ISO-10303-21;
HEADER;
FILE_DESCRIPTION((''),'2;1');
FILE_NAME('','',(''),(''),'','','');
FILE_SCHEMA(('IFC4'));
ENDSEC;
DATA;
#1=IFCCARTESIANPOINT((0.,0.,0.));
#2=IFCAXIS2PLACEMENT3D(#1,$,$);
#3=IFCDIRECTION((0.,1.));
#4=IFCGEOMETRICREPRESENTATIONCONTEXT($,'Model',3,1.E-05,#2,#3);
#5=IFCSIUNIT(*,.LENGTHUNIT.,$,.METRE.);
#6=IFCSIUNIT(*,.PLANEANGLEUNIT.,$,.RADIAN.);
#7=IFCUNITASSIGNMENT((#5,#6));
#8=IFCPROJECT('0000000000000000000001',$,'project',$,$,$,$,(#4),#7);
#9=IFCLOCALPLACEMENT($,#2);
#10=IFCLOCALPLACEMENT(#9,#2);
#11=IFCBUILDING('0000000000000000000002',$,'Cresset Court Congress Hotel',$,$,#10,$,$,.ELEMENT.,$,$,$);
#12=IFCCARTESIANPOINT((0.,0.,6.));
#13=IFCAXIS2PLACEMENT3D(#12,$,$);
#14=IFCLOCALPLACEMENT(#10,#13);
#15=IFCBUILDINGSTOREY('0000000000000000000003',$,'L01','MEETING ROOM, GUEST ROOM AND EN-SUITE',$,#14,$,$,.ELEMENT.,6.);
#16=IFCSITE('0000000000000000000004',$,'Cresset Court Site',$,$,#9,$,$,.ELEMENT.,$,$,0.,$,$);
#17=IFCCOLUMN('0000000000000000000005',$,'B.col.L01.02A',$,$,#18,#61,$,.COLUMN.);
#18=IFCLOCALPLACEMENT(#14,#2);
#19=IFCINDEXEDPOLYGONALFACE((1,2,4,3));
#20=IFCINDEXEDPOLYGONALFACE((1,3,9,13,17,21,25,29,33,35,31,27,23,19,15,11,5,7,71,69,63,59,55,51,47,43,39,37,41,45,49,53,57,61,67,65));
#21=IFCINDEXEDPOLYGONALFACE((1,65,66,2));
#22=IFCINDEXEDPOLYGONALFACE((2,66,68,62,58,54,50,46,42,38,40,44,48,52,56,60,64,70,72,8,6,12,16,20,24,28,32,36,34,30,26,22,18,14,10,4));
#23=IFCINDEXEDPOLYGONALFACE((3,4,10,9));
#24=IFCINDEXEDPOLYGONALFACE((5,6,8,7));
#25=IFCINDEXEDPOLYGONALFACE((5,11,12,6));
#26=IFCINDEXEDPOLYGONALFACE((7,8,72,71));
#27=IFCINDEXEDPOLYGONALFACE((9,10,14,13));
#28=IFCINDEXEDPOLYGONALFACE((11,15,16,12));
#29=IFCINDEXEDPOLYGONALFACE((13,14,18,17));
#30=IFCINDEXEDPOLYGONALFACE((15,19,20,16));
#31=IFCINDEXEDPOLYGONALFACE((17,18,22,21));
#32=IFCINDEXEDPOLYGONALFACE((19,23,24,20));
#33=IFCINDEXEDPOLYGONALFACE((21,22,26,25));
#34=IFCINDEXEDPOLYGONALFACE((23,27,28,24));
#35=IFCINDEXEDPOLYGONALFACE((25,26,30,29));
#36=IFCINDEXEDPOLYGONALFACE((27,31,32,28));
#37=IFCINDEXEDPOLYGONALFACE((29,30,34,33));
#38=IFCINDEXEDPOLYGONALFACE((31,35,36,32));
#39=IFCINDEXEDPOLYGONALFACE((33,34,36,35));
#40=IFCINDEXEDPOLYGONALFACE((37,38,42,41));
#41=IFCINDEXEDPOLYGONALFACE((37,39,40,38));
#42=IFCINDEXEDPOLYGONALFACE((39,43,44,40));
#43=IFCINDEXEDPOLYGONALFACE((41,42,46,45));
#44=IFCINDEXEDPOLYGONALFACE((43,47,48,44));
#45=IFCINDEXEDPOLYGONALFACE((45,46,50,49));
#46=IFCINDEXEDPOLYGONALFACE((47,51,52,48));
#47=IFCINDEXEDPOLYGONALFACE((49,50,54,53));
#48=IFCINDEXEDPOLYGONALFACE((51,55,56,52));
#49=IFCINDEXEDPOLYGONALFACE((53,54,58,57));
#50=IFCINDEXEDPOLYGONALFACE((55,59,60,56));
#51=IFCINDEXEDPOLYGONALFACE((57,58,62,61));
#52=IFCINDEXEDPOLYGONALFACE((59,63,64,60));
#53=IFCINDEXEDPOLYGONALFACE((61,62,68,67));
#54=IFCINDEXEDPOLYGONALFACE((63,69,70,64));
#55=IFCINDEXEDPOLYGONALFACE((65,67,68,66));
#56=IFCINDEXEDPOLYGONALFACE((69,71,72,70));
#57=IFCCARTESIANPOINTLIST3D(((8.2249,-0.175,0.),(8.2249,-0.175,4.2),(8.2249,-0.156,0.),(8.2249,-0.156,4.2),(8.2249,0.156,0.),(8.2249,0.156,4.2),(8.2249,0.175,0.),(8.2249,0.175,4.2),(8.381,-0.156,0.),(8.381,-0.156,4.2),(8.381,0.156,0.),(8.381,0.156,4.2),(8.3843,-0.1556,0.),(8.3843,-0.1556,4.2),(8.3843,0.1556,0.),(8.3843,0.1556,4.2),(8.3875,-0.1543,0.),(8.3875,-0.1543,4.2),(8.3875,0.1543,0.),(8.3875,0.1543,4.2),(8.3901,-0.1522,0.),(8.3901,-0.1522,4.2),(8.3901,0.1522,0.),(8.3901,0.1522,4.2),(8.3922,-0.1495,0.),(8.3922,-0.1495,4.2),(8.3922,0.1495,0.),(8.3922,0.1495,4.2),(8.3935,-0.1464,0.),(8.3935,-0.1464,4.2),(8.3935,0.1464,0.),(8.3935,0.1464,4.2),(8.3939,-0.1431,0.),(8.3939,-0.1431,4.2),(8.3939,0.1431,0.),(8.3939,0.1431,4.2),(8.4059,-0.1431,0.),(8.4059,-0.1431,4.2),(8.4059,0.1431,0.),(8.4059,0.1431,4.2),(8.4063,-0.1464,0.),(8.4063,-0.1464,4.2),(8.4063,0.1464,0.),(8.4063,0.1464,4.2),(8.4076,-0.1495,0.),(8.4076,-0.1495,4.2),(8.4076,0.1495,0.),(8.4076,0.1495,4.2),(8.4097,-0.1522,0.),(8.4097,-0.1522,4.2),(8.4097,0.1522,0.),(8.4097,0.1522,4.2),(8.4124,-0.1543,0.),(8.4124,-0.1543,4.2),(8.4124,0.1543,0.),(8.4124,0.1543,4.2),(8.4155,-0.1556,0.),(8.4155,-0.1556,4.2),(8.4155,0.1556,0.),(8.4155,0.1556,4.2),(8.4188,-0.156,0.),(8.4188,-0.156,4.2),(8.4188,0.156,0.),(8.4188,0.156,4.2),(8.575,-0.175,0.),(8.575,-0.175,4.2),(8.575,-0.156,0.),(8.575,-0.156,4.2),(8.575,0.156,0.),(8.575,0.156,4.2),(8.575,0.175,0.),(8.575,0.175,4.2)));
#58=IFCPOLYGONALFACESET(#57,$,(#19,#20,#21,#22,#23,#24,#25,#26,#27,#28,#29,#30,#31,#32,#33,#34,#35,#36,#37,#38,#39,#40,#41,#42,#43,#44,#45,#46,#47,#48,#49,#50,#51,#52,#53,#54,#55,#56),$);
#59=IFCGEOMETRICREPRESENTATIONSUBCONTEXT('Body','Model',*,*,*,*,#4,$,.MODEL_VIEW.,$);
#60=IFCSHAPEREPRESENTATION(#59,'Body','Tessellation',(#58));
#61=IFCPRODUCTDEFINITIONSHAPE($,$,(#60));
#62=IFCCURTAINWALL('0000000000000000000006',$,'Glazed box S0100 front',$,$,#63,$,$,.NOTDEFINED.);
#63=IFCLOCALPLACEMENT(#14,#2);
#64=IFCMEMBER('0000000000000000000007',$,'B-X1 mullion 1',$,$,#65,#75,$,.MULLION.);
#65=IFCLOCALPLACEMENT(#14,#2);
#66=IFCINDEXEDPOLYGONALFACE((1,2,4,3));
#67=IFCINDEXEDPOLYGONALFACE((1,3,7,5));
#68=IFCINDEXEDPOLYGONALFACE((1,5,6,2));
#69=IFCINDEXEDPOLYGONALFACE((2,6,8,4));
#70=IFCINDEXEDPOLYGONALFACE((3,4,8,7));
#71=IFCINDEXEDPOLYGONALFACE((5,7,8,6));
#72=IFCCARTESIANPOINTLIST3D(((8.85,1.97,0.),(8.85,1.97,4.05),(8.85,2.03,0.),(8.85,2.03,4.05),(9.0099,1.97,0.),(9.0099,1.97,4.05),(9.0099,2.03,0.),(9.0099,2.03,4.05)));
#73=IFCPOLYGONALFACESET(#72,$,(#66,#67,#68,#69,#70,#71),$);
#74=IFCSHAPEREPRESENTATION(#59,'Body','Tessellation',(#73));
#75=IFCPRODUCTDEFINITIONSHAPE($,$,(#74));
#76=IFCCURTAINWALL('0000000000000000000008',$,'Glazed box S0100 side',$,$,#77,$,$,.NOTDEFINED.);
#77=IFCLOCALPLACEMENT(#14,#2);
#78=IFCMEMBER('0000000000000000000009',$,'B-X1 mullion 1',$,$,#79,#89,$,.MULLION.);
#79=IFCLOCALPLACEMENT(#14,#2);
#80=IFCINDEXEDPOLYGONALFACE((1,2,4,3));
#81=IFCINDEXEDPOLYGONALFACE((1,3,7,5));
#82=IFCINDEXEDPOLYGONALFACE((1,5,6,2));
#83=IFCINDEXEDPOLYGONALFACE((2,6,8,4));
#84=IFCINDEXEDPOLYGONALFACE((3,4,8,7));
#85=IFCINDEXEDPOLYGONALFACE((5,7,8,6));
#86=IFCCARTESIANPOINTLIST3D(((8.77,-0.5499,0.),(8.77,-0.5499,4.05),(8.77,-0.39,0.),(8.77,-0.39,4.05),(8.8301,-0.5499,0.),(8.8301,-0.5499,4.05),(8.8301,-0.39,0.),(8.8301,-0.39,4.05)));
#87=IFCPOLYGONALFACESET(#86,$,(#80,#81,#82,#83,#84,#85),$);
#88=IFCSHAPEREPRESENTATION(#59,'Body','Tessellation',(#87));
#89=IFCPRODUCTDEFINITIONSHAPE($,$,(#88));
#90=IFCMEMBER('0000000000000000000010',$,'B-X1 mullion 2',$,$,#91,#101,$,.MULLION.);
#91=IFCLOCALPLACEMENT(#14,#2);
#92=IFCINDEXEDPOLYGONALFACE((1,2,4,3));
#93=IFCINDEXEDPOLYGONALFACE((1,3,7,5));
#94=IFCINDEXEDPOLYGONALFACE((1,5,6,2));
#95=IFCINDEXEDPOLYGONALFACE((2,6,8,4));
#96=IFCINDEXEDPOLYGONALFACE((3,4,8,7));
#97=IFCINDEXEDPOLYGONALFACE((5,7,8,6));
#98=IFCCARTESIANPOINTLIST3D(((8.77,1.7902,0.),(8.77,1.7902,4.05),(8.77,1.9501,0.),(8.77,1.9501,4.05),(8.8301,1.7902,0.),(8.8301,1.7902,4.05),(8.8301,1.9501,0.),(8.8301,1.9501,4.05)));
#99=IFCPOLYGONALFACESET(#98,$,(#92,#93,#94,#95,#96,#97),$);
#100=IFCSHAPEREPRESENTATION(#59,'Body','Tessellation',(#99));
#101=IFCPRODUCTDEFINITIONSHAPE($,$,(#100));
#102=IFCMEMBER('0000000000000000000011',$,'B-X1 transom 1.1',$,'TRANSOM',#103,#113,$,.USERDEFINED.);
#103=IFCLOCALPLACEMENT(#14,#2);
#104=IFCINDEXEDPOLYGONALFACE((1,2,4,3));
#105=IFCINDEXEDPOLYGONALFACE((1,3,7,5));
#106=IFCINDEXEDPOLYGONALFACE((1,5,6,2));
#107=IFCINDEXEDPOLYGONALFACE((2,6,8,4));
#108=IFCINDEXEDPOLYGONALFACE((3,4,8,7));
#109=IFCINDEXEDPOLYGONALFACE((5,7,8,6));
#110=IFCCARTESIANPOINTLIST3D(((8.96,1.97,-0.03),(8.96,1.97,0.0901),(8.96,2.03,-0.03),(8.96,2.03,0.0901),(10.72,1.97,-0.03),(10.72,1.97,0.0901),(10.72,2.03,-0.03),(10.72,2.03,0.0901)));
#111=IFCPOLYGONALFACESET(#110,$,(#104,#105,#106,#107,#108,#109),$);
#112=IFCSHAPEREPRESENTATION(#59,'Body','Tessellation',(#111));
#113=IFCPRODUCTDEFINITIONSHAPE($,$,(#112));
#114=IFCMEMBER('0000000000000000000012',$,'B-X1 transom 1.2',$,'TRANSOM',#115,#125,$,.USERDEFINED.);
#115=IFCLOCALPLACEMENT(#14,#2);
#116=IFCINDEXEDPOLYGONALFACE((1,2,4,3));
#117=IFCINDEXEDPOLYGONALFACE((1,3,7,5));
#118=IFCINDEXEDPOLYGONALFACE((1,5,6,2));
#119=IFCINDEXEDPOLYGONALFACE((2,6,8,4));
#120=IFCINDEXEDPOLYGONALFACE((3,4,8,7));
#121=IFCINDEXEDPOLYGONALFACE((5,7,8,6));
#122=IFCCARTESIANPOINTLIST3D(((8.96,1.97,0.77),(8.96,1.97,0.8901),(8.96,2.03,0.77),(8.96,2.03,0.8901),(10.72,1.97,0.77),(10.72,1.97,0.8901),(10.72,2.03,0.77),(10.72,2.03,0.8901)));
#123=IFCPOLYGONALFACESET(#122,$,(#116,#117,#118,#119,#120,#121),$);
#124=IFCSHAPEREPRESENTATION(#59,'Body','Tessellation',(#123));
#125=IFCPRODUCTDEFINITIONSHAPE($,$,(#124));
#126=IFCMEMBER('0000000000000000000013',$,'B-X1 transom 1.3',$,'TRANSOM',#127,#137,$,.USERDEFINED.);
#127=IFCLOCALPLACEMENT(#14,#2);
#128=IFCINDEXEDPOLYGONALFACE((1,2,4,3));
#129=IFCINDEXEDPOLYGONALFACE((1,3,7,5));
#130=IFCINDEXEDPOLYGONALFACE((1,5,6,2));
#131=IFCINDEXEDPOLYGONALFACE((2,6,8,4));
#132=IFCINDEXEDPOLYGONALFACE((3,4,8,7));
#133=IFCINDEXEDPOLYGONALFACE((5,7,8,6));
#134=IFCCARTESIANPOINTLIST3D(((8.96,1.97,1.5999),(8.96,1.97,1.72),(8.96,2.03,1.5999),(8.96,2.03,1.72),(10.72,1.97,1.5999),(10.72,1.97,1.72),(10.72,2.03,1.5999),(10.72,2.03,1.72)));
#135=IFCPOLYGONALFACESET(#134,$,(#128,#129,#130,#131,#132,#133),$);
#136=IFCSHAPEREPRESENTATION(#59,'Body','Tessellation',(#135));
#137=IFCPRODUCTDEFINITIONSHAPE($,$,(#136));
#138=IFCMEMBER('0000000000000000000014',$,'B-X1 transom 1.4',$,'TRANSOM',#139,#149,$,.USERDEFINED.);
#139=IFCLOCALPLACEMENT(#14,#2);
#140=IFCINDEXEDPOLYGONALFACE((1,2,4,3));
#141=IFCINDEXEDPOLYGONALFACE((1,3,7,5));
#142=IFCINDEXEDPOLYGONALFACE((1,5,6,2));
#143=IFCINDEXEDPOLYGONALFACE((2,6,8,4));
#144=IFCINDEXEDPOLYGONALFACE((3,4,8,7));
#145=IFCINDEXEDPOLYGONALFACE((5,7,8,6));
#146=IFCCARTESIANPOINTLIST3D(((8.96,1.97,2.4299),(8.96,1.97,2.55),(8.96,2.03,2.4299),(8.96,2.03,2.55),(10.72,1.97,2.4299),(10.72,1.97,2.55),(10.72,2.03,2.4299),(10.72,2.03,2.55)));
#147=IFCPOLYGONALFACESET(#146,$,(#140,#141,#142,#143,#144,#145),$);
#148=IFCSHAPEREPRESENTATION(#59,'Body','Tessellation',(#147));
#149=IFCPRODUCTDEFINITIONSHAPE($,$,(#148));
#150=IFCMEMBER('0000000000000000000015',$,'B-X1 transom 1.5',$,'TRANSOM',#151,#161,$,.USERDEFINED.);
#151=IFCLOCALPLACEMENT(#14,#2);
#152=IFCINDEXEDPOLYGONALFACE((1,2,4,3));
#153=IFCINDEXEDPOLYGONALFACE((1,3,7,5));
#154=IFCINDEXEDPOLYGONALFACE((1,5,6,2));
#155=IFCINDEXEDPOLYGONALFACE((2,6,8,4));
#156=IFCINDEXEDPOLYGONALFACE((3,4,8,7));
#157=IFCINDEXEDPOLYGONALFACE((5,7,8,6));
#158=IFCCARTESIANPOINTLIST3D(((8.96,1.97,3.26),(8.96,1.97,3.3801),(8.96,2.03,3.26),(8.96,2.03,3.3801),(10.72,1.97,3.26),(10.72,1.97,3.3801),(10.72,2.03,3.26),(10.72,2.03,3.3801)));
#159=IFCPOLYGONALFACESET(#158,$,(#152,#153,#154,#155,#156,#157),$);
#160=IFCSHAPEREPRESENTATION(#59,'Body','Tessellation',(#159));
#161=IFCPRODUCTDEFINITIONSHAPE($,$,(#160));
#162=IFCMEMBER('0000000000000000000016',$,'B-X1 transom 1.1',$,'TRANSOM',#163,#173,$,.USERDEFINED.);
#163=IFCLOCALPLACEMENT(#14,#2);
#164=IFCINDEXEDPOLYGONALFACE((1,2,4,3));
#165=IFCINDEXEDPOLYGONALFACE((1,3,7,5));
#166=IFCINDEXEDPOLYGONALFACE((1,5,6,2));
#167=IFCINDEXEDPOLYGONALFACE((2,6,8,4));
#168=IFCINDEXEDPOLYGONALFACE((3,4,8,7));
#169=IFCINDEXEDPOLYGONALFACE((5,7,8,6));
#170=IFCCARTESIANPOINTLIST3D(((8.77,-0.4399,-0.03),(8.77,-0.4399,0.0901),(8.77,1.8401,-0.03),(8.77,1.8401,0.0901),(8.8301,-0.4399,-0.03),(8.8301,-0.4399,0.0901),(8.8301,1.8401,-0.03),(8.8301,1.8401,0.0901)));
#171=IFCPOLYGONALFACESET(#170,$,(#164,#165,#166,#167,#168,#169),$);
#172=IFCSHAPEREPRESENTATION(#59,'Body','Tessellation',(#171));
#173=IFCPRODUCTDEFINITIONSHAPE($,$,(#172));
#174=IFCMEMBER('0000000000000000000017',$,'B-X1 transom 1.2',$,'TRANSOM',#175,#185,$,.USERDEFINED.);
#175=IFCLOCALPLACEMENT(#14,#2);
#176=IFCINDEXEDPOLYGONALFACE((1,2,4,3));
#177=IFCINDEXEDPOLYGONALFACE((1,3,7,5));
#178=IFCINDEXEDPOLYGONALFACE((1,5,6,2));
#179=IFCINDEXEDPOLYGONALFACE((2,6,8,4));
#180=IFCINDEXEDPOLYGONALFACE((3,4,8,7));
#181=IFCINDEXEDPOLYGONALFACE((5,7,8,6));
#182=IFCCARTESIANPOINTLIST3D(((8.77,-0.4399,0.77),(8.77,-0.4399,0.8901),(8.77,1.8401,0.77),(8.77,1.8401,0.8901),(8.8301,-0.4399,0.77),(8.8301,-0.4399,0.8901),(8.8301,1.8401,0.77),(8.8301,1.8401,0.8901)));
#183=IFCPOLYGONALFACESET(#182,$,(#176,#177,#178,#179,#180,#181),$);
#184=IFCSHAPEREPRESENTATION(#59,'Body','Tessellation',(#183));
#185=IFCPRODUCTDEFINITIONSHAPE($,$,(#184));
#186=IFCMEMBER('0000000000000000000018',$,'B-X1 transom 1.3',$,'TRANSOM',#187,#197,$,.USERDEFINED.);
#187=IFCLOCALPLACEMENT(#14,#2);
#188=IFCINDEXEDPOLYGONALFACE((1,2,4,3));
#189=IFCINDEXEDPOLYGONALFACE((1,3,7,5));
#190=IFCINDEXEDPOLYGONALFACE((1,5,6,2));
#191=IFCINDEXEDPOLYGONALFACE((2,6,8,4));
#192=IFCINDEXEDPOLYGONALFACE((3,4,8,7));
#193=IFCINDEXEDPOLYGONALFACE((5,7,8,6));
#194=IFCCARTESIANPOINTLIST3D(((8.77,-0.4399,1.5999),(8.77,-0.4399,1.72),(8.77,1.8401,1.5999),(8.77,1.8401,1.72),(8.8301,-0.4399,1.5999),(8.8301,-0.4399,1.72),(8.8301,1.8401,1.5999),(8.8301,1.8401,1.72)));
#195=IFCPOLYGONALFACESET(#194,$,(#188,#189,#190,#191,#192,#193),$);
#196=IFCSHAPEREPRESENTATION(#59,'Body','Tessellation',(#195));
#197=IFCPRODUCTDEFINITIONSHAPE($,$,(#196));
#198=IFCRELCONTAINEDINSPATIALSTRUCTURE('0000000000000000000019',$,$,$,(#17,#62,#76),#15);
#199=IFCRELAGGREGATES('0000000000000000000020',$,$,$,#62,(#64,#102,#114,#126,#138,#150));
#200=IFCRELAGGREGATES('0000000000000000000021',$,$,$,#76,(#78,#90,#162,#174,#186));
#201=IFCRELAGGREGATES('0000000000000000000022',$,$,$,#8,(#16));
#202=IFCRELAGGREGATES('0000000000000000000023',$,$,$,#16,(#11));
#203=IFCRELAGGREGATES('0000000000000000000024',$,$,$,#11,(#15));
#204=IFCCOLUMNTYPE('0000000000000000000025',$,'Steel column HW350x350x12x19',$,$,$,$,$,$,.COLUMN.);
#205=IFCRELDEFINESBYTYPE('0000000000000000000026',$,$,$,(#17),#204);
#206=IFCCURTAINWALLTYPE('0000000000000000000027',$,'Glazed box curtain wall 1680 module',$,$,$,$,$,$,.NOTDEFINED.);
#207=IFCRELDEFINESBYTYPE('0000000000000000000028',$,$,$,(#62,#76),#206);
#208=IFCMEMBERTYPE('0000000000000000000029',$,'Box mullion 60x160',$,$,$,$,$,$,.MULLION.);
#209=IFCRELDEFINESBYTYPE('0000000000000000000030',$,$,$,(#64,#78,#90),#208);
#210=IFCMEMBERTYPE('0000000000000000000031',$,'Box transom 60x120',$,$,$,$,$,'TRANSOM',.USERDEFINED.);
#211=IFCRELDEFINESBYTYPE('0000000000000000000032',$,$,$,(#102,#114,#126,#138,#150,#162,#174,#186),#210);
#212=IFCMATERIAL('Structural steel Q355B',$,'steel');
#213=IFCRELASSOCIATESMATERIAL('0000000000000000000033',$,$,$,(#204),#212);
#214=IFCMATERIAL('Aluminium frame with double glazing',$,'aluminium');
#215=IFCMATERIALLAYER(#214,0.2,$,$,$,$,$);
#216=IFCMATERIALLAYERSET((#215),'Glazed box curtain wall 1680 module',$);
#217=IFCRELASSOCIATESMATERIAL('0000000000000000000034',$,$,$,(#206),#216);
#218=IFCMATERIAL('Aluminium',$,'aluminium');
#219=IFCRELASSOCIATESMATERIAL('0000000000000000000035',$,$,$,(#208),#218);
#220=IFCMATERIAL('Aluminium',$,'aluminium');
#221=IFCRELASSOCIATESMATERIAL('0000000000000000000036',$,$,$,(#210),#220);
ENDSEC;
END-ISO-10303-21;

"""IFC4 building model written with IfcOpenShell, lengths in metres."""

from ifc_helpers import new_model, si_unit, direction, frame, origin, origin_2d, place, context, subcontext, project, spatial, rectangle, i_section, extrude, material, layer, layer_set, material_profile, profile_set, type_object, element, aggregate, save


model = new_model("IFC4")

# Units and contexts
model_context = context("Model", 3, precision=1e-05, world=origin(), true_north=direction((0.0, 1.0)))
body_context = subcontext(model_context, "Body", "Model", "MODEL_VIEW")
ifc_project = project(units=[si_unit("LENGTHUNIT", "METRE"), si_unit("PLANEANGLEUNIT", "RADIAN")], contexts=[model_context])

# Site, building, storey
site_placement = place(None, origin())
site = spatial("IfcSite", under=ifc_project, at=site_placement, Name="Cresset Court Site", CompositionType="ELEMENT", RefElevation=0.0)
building_placement = place(site_placement, origin())
building = spatial("IfcBuilding", under=site, at=building_placement, Name="Cresset Court Congress Hotel", CompositionType="ELEMENT")
storey_placement = place(building_placement, frame((0.0, 0.0, 6.0)))
storey = spatial("IfcBuildingStorey", under=building, at=storey_placement, Name="L01", Description="MEETING ROOM, GUEST ROOM AND EN-SUITE", CompositionType="ELEMENT", Elevation=6.0)

# Column
ifc_material_1 = material(Name="Structural steel Q355B", Category="steel")
ifc_material_profile_1 = material_profile(ifc_material_1, i_section(OverallWidth=0.3501, OverallDepth=0.3501, WebThickness=0.012, FlangeThickness=0.019, FilletRadius=0.0129, at=origin_2d()), Name="HW350x350x12x19")
ifc_profile_set_1 = profile_set([ifc_material_profile_1], Name="Structural steel Q355B")
column_type = type_object("IfcColumnType", Name="Steel column HW350x350x12x19", PredefinedType="COLUMN", material=ifc_profile_set_1)
column_placement = place(storey_placement, frame((8.3999, 0.0, 0.0), z_axis=(0.0, 0.0, 1.0), x_axis=(1.0, 0.0, 0.0)))
element("IfcColumn", 1, at=column_placement, inside=storey, type_object=column_type, Name="B.col.L01.02A", PredefinedType="COLUMN", context=body_context, shape_type="SweptSolid", body=[
    extrude(i_section(OverallWidth=0.3501, OverallDepth=0.3501, WebThickness=0.012, FlangeThickness=0.019, FilletRadius=0.0129, at=origin_2d()), origin(), (0.0, 0.0, 1.0), 4.2),
])

# Curtain wall, member
ifc_material_2 = material(Name="Aluminium frame with double glazing", Category="aluminium")
ifc_layer_1 = layer(ifc_material_2, 0.2)
ifc_layer_set_1 = layer_set([ifc_layer_1], Name="Glazed box curtain wall 1680 module")
curtain_wall_type = type_object("IfcCurtainWallType", Name="Glazed box curtain wall 1680 module", PredefinedType="NOTDEFINED", material=ifc_layer_set_1)
curtain_wall_1_placement = place(storey_placement, origin())
curtain_wall_1 = element("IfcCurtainWall", 2, at=curtain_wall_1_placement, inside=storey, type_object=curtain_wall_type, Name="Glazed box S0100 front", PredefinedType="NOTDEFINED")
ifc_material_3 = material(Name="Aluminium", Category="aluminium")
ifc_material_profile_2 = material_profile(ifc_material_3, rectangle(XDim=0.0601, YDim=0.1599, at=origin_2d()), Name="Box mullion 60x160")
ifc_profile_set_2 = profile_set([ifc_material_profile_2], Name="Aluminium")
member_type_1 = type_object("IfcMemberType", Name="Box mullion 60x160", PredefinedType="MULLION", material=ifc_profile_set_2)
member_1_placement = place(storey_placement, frame((8.9299, 2.0, 0.0), z_axis=(0.0, 0.0, 1.0), x_axis=(0.0, 1.0, 0.0)))
member_1 = element("IfcMember", 3, at=member_1_placement, type_object=member_type_1, Name="B-X1 mullion 1", PredefinedType="MULLION", context=body_context, shape_type="SweptSolid", body=[
    extrude(rectangle(XDim=0.0601, YDim=0.1599, at=origin_2d()), origin(), (0.0, 0.0, 1.0), 4.05),
])

# Curtain wall, members
curtain_wall_2_placement = place(storey_placement, origin())
curtain_wall_2 = element("IfcCurtainWall", 4, at=curtain_wall_2_placement, inside=storey, type_object=curtain_wall_type, Name="Glazed box S0100 side", PredefinedType="NOTDEFINED")
member_2_placement = place(storey_placement, frame((8.8, -0.47, 0.0), z_axis=(0.0, 0.0, 1.0), x_axis=(-1.0, 0.0, 0.0)))
member_2 = element("IfcMember", 5, at=member_2_placement, type_object=member_type_1, Name="B-X1 mullion 1", PredefinedType="MULLION", context=body_context, shape_type="SweptSolid", body=[
    extrude(rectangle(XDim=0.0601, YDim=0.1599, at=origin_2d()), origin(), (0.0, 0.0, 1.0), 4.05),
])
member_3_placement = place(storey_placement, frame((8.8, 1.8701, 0.0), z_axis=(0.0, 0.0, 1.0), x_axis=(-1.0, 0.0, 0.0)))
member_3 = element("IfcMember", 6, at=member_3_placement, type_object=member_type_1, Name="B-X1 mullion 2", PredefinedType="MULLION", context=body_context, shape_type="SweptSolid", body=[
    extrude(rectangle(XDim=0.0601, YDim=0.1599, at=origin_2d()), origin(), (0.0, 0.0, 1.0), 4.05),
])

# Members
ifc_material_4 = material(Name="Aluminium", Category="aluminium")
ifc_material_profile_3 = material_profile(ifc_material_4, rectangle(XDim=0.0601, YDim=0.1201, at=origin_2d()), Name="Box transom 60x120")
ifc_profile_set_3 = profile_set([ifc_material_profile_3], Name="Aluminium")
member_type_2 = type_object("IfcMemberType", Name="Box transom 60x120", ElementType="TRANSOM", PredefinedType="USERDEFINED", material=ifc_profile_set_3)
member_4_placement = place(storey_placement, frame((8.96, 2.0, 0.03), z_axis=(1.0, 0.0, 0.0), x_axis=(0.0, 1.0, 0.0)))
member_4 = element("IfcMember", 7, at=member_4_placement, type_object=member_type_2, Name="B-X1 transom 1.1", ObjectType="TRANSOM", PredefinedType="USERDEFINED", context=body_context, shape_type="SweptSolid", body=[
    extrude(rectangle(XDim=0.0601, YDim=0.1201, at=origin_2d()), origin(), (0.0, 0.0, 1.0), 1.76),
])
member_5_placement = place(storey_placement, frame((8.96, 2.0, 0.8301), z_axis=(1.0, 0.0, 0.0), x_axis=(0.0, 1.0, 0.0)))
member_5 = element("IfcMember", 8, at=member_5_placement, type_object=member_type_2, Name="B-X1 transom 1.2", ObjectType="TRANSOM", PredefinedType="USERDEFINED", context=body_context, shape_type="SweptSolid", body=[
    extrude(rectangle(XDim=0.0601, YDim=0.1201, at=origin_2d()), origin(), (0.0, 0.0, 1.0), 1.76),
])
member_6_placement = place(storey_placement, frame((8.96, 2.0, 1.6599), z_axis=(1.0, 0.0, 0.0), x_axis=(0.0, 1.0, 0.0)))
member_6 = element("IfcMember", 9, at=member_6_placement, type_object=member_type_2, Name="B-X1 transom 1.3", ObjectType="TRANSOM", PredefinedType="USERDEFINED", context=body_context, shape_type="SweptSolid", body=[
    extrude(rectangle(XDim=0.0601, YDim=0.1201, at=origin_2d()), origin(), (0.0, 0.0, 1.0), 1.76),
])
member_7_placement = place(storey_placement, frame((8.96, 2.0, 2.49), z_axis=(1.0, 0.0, 0.0), x_axis=(0.0, 1.0, 0.0)))
member_7 = element("IfcMember", 10, at=member_7_placement, type_object=member_type_2, Name="B-X1 transom 1.4", ObjectType="TRANSOM", PredefinedType="USERDEFINED", context=body_context, shape_type="SweptSolid", body=[
    extrude(rectangle(XDim=0.0601, YDim=0.1201, at=origin_2d()), origin(), (0.0, 0.0, 1.0), 1.76),
])
member_8_placement = place(storey_placement, frame((8.96, 2.0, 3.3201), z_axis=(1.0, 0.0, 0.0), x_axis=(0.0, 1.0, 0.0)))
member_8 = element("IfcMember", 11, at=member_8_placement, type_object=member_type_2, Name="B-X1 transom 1.5", ObjectType="TRANSOM", PredefinedType="USERDEFINED", context=body_context, shape_type="SweptSolid", body=[
    extrude(rectangle(XDim=0.0601, YDim=0.1201, at=origin_2d()), origin(), (0.0, 0.0, 1.0), 1.76),
])
aggregate(curtain_wall_1, [member_1, member_4, member_5, member_6, member_7, member_8])
member_9_placement = place(storey_placement, frame((8.8, -0.4399, 0.03), z_axis=(0.0, 1.0, 0.0), x_axis=(-1.0, 0.0, 0.0)))
member_9 = element("IfcMember", 12, at=member_9_placement, type_object=member_type_2, Name="B-X1 transom 1.1", ObjectType="TRANSOM", PredefinedType="USERDEFINED", context=body_context, shape_type="SweptSolid", body=[
    extrude(rectangle(XDim=0.0601, YDim=0.1201, at=origin_2d()), origin(), (0.0, 0.0, 1.0), 2.28),
])
member_10_placement = place(storey_placement, frame((8.8, -0.4399, 0.8301), z_axis=(0.0, 1.0, 0.0), x_axis=(-1.0, 0.0, 0.0)))
member_10 = element("IfcMember", 13, at=member_10_placement, type_object=member_type_2, Name="B-X1 transom 1.2", ObjectType="TRANSOM", PredefinedType="USERDEFINED", context=body_context, shape_type="SweptSolid", body=[
    extrude(rectangle(XDim=0.0601, YDim=0.1201, at=origin_2d()), origin(), (0.0, 0.0, 1.0), 2.28),
])
member_11_placement = place(storey_placement, frame((8.8, -0.4399, 1.6599), z_axis=(0.0, 1.0, 0.0), x_axis=(-1.0, 0.0, 0.0)))
member_11 = element("IfcMember", 14, at=member_11_placement, type_object=member_type_2, Name="B-X1 transom 1.3", ObjectType="TRANSOM", PredefinedType="USERDEFINED", context=body_context, shape_type="SweptSolid", body=[
    extrude(rectangle(XDim=0.0601, YDim=0.1201, at=origin_2d()), origin(), (0.0, 0.0, 1.0), 2.28),
])

aggregate(curtain_wall_2, [member_2, member_3, member_9, member_10, member_11])

save(model, "model.ifc")
